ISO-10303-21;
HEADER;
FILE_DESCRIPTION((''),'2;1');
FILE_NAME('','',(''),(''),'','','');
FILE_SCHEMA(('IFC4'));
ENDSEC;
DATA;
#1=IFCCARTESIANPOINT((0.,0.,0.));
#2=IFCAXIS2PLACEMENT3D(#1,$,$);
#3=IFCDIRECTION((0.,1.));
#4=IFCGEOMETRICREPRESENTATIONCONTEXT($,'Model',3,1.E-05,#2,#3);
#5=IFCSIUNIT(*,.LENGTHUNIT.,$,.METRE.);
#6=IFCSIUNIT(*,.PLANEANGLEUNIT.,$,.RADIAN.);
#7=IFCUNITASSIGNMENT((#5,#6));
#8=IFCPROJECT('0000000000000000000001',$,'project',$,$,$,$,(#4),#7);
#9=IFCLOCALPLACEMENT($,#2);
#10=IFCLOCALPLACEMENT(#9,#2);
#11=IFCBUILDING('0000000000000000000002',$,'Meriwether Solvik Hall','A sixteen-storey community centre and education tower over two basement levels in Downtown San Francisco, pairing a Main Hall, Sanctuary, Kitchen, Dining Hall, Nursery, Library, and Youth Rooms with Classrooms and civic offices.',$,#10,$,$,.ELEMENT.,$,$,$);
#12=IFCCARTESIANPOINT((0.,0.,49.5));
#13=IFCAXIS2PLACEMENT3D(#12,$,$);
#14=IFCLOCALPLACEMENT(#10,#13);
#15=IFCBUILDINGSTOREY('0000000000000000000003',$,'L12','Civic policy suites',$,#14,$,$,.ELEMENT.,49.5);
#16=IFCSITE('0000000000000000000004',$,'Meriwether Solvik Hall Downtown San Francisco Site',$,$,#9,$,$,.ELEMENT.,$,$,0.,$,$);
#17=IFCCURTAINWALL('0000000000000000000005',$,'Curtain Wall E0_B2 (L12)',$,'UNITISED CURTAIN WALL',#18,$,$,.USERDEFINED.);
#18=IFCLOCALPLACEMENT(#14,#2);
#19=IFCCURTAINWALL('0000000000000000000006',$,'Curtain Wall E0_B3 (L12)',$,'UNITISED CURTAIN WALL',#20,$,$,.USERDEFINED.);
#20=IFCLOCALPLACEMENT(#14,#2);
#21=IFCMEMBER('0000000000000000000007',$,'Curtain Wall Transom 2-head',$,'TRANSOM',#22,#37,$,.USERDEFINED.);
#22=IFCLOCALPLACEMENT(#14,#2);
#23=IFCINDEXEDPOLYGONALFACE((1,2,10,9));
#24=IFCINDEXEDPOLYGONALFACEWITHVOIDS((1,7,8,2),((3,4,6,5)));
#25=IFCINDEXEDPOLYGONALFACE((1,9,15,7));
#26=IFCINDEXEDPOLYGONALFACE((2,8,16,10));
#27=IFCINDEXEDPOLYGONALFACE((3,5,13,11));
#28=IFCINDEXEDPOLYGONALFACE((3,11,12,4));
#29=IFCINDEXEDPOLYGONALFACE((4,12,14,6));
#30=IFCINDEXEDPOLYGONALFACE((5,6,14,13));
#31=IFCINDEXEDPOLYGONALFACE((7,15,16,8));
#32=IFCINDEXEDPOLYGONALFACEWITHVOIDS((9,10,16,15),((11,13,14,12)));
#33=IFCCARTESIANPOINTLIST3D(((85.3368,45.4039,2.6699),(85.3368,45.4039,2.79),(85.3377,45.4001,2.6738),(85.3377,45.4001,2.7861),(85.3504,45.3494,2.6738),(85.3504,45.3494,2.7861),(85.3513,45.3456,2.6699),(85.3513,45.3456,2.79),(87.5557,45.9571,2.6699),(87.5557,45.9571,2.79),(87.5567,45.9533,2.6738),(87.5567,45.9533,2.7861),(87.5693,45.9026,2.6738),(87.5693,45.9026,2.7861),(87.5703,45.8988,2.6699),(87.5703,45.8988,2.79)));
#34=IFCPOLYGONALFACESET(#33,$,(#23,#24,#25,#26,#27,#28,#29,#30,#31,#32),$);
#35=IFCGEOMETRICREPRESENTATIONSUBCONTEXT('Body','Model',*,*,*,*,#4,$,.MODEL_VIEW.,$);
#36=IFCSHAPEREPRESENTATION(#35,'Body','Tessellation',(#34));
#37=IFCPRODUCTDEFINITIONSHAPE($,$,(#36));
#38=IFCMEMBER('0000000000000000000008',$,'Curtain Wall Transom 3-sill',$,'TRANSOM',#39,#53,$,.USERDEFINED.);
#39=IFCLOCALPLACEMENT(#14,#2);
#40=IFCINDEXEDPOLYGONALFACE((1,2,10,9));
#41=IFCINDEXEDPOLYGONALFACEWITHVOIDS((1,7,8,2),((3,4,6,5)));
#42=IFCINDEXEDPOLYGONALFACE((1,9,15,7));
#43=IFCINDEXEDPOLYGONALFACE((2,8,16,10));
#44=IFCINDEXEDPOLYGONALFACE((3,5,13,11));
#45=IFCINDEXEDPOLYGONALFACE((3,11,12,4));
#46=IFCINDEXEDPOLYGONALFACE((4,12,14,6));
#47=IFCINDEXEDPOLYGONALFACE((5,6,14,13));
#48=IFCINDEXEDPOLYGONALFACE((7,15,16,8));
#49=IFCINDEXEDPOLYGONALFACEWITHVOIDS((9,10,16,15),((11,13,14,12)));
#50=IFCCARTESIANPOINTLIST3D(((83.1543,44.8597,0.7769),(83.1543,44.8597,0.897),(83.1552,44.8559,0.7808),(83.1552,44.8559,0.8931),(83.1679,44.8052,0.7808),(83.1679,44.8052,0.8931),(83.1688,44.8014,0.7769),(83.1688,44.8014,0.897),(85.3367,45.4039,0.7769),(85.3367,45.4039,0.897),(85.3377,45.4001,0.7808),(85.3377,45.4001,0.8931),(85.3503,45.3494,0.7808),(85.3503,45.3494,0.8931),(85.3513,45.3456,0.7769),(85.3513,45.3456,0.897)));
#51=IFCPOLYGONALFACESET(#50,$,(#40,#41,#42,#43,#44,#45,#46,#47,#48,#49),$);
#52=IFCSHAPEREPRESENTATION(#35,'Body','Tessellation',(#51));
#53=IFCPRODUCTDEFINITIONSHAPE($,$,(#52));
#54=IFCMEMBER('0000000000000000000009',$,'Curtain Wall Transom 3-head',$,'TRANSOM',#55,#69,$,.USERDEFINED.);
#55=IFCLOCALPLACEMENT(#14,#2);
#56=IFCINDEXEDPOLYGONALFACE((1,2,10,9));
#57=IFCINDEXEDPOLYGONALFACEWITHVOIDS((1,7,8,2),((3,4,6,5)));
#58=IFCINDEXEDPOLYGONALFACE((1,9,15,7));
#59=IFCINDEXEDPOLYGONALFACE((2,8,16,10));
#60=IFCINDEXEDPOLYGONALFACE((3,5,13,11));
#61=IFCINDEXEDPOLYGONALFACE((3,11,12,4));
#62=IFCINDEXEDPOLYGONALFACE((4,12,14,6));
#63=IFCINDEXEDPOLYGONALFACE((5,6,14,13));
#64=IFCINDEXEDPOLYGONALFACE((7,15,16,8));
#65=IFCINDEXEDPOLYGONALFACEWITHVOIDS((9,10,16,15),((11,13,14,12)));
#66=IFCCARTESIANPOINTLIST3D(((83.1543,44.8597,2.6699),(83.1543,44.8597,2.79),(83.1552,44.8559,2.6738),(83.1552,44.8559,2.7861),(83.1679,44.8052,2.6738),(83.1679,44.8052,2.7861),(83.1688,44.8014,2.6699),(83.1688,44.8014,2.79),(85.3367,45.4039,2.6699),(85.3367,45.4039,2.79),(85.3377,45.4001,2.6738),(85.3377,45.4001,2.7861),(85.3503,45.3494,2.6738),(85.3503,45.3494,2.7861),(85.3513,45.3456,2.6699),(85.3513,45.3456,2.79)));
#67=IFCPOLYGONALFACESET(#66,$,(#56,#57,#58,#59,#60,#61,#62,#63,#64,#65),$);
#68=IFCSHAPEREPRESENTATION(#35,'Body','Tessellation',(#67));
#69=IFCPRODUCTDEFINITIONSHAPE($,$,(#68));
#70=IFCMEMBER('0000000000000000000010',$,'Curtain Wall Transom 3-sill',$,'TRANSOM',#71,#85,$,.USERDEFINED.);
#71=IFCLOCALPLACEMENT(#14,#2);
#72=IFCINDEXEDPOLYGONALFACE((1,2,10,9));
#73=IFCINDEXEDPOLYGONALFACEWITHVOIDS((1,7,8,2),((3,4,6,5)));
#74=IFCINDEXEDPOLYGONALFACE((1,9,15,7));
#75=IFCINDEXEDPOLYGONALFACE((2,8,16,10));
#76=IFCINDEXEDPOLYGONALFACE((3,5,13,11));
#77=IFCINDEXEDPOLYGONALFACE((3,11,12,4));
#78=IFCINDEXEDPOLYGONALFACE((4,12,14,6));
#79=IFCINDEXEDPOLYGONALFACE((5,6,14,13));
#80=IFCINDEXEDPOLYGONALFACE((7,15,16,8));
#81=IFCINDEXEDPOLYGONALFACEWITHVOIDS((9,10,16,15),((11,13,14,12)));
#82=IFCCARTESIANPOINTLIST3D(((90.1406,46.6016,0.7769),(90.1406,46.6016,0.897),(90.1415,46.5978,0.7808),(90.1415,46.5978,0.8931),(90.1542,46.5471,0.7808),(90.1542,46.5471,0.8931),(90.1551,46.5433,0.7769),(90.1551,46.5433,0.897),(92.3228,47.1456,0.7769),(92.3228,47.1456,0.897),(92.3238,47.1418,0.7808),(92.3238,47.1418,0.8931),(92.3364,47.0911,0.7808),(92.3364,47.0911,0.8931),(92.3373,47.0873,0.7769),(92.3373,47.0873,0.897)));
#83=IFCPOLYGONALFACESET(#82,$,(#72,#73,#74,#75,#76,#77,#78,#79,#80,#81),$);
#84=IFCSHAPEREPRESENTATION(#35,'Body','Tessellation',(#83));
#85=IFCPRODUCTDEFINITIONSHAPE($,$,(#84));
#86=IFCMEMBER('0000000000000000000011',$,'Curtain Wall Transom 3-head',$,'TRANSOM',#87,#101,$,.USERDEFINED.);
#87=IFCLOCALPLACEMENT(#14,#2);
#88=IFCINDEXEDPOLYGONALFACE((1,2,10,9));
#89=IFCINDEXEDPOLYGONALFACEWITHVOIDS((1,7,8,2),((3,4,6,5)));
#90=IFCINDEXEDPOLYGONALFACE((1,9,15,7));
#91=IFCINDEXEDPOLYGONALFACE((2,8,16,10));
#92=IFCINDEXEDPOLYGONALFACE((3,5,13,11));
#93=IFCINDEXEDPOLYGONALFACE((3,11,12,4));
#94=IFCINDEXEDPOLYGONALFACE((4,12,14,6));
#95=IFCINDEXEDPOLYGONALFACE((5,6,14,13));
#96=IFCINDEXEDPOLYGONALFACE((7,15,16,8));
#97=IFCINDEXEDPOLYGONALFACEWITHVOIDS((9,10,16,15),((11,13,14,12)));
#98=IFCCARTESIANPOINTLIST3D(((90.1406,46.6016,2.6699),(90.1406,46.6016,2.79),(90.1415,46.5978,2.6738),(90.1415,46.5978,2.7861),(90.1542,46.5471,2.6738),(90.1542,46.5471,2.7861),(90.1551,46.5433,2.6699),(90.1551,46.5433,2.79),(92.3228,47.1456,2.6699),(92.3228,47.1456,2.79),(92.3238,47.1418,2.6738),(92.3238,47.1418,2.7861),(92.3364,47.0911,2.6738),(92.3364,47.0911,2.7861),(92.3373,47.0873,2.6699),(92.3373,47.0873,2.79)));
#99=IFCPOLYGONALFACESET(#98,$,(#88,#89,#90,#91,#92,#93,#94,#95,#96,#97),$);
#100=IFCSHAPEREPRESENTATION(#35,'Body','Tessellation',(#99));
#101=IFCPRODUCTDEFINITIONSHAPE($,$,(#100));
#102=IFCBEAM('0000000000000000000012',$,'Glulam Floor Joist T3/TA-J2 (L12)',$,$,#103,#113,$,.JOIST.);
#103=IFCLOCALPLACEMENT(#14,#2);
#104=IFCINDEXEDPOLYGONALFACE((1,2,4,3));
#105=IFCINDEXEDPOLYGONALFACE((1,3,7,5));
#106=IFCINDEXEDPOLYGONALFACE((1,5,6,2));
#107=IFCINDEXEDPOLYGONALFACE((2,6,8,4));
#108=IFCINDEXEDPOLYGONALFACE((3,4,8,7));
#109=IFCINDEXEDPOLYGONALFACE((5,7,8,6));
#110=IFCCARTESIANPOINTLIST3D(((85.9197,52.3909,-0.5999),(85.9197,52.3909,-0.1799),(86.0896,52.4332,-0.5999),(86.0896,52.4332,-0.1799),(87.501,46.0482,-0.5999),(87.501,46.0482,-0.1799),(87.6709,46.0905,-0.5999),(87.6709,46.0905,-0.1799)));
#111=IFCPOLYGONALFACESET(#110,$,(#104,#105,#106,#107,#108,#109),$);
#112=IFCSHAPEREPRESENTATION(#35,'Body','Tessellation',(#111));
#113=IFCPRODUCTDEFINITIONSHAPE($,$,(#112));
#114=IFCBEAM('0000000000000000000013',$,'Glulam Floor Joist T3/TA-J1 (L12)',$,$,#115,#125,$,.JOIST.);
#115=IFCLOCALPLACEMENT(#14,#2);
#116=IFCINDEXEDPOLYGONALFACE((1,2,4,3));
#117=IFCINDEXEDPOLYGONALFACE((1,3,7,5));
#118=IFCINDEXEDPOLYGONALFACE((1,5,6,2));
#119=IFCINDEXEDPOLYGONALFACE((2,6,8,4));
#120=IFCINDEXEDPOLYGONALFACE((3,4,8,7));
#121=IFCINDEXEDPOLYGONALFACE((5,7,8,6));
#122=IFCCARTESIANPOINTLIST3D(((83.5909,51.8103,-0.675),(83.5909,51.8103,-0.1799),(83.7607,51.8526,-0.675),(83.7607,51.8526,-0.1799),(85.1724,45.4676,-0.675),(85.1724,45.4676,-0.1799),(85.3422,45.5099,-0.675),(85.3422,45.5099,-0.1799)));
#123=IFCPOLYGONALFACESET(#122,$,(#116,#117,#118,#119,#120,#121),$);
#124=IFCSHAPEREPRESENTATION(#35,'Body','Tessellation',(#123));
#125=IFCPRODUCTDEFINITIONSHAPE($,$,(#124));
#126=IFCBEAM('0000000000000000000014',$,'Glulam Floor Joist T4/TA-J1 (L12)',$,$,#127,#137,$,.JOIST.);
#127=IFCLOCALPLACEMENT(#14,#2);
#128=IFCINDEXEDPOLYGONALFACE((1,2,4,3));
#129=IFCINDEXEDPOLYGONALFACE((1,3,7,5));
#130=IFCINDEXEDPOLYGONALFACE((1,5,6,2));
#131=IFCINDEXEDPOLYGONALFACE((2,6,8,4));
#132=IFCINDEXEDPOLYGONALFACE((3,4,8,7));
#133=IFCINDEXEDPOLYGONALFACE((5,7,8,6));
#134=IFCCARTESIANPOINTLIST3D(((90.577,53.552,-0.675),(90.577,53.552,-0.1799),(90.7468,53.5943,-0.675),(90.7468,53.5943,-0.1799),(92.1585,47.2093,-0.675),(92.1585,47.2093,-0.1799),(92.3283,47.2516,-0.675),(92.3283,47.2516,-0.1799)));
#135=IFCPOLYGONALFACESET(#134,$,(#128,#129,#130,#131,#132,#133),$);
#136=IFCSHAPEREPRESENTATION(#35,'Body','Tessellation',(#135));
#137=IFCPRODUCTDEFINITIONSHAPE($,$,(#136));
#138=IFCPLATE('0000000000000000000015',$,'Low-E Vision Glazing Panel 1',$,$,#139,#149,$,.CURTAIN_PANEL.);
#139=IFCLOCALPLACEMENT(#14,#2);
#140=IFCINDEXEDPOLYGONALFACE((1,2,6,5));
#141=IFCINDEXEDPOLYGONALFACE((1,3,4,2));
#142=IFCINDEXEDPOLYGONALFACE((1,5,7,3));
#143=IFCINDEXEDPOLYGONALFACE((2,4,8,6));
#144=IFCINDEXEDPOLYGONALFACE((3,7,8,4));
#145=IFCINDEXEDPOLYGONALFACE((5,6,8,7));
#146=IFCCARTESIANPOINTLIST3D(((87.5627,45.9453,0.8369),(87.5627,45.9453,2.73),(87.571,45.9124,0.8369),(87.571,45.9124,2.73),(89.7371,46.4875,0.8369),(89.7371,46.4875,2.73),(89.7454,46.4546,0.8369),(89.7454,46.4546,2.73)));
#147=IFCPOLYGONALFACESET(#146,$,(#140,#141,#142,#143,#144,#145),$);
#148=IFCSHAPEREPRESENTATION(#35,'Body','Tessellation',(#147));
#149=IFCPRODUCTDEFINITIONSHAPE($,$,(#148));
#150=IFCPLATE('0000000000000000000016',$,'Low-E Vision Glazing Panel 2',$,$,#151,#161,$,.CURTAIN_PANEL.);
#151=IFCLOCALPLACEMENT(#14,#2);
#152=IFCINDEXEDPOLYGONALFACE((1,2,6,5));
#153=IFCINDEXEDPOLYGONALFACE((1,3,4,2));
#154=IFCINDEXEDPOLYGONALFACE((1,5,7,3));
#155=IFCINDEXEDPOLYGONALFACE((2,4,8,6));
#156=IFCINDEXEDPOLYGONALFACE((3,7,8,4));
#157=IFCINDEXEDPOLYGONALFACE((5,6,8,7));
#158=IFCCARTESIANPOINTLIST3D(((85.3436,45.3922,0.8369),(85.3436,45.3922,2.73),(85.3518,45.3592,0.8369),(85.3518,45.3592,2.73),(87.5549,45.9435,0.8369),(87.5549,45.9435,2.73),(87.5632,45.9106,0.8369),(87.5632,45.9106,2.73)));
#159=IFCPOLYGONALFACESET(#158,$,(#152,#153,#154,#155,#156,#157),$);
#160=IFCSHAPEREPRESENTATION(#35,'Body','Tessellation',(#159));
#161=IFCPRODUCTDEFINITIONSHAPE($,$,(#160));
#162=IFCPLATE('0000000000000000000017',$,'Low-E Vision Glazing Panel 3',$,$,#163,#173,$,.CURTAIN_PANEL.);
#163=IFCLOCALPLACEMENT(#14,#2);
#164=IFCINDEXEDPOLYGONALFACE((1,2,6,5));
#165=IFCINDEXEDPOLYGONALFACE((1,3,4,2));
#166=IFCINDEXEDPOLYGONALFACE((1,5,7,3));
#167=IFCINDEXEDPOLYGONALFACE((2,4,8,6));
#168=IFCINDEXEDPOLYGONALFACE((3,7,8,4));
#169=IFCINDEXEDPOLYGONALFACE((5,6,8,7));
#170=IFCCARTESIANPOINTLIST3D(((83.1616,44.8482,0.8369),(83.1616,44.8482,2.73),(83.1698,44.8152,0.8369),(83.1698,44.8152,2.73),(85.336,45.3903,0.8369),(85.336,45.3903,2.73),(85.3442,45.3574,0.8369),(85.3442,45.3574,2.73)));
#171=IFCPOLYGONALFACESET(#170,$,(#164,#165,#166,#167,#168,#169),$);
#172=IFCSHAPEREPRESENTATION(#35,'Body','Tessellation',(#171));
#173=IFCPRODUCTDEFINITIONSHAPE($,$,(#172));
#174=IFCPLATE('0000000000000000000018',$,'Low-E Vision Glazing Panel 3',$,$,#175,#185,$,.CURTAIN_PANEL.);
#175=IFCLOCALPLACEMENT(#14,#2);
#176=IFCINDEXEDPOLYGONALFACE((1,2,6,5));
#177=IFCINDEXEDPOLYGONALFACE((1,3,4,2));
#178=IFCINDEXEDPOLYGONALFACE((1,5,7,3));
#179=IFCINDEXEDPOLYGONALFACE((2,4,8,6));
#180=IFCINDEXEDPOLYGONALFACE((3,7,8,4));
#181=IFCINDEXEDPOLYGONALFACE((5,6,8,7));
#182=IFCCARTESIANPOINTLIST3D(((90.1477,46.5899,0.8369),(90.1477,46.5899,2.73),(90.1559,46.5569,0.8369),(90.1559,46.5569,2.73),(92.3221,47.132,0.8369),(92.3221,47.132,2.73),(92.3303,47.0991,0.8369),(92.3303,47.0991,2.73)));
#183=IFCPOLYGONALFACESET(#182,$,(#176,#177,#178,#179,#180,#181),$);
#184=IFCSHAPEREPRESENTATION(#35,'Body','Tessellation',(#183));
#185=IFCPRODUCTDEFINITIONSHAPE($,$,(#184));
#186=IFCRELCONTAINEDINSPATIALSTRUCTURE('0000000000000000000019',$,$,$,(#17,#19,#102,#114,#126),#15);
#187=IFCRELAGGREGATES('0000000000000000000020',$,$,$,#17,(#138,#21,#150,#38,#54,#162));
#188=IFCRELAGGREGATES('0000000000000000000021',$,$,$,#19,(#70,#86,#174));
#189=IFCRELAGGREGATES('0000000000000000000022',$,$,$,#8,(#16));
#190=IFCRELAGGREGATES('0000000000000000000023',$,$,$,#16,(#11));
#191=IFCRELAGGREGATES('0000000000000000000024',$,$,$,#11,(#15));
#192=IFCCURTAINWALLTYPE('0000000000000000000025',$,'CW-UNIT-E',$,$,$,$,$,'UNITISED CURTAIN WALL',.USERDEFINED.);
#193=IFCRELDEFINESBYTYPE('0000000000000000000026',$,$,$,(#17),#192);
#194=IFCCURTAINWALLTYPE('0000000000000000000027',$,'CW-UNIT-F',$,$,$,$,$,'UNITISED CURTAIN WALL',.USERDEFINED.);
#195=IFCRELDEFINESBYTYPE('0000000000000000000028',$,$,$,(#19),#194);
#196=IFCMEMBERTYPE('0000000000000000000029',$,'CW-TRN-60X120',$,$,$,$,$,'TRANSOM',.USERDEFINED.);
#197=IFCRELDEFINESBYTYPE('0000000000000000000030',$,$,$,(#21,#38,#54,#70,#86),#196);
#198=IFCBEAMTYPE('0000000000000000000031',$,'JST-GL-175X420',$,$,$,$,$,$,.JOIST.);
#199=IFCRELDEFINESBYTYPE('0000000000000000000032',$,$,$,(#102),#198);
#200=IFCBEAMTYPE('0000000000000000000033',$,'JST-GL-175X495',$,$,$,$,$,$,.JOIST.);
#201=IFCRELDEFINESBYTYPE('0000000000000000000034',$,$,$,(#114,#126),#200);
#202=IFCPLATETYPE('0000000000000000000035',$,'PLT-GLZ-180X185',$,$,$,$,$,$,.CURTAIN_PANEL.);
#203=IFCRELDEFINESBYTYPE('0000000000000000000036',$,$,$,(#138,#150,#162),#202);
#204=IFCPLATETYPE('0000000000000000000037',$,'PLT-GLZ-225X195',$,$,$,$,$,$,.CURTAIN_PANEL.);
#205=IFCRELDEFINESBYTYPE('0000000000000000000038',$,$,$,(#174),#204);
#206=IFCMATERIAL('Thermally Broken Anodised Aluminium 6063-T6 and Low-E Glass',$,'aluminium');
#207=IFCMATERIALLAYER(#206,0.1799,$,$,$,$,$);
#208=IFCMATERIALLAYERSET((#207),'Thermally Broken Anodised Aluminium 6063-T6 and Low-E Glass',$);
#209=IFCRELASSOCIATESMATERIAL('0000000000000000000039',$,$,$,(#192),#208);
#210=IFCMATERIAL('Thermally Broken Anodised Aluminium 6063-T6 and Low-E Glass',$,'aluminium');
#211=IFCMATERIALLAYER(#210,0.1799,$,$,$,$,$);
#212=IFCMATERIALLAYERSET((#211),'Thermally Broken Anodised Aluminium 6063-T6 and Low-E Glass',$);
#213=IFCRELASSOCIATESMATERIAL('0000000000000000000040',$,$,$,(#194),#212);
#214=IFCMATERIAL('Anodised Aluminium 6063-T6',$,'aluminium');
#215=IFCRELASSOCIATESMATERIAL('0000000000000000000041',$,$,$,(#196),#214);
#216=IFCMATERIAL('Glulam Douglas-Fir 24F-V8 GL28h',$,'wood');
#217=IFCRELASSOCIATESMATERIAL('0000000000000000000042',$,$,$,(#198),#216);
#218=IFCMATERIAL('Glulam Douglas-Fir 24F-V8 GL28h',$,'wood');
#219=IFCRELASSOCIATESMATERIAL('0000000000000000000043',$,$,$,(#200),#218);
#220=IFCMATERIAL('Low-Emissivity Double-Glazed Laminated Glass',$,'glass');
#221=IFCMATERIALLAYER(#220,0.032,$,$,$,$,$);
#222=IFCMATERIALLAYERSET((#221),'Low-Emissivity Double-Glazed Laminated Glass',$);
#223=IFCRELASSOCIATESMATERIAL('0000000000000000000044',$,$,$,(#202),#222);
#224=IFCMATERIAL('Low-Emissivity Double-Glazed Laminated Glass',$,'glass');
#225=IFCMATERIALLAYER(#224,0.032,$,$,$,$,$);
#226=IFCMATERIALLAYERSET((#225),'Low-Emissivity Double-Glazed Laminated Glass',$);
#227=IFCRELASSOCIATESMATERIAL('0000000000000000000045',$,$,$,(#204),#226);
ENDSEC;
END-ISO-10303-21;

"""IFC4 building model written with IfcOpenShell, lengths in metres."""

from ifc_helpers import new_model, si_unit, direction, frame, origin, origin_2d, place, context, subcontext, project, spatial, rectangle, hollow_rectangle, extrude, material, layer, layer_set, material_profile, profile_set, type_object, element, aggregate, save


model = new_model("IFC4")

# Units and contexts
model_context = context("Model", 3, precision=1e-05, world=origin(), true_north=direction((0.0, 1.0)))
body_context = subcontext(model_context, "Body", "Model", "MODEL_VIEW")
ifc_project = project(units=[si_unit("LENGTHUNIT", "METRE"), si_unit("PLANEANGLEUNIT", "RADIAN")], contexts=[model_context])

# Site, building, storey
site_placement = place(None, origin())
site = spatial("IfcSite", under=ifc_project, at=site_placement, Name="Meriwether Solvik Hall Downtown San Francisco Site", CompositionType="ELEMENT", RefElevation=0.0)
building_placement = place(site_placement, origin())
building = spatial("IfcBuilding", under=site, at=building_placement, Name="Meriwether Solvik Hall", Description="A sixteen-storey community centre and education tower over two basement levels in Downtown San Francisco, pairing a Main Hall, Sanctuary, Kitchen, Dining Hall, Nursery, Library, and Youth Rooms with Classrooms and civic offices.", CompositionType="ELEMENT")
storey_placement = place(building_placement, frame((0.0, 0.0, 49.5)))
storey = spatial("IfcBuildingStorey", under=building, at=storey_placement, Name="L12", Description="Civic policy suites", CompositionType="ELEMENT", Elevation=49.5)

# Curtain walls
ifc_material_1 = material(Name="Thermally Broken Anodised Aluminium 6063-T6 and Low-E Glass", Category="aluminium")
ifc_layer_1 = layer(ifc_material_1, 0.1799)
ifc_layer_set_1 = layer_set([ifc_layer_1], Name="Thermally Broken Anodised Aluminium 6063-T6 and Low-E Glass")
curtain_wall_type_1 = type_object("IfcCurtainWallType", Name="CW-UNIT-E", ElementType="UNITISED CURTAIN WALL", PredefinedType="USERDEFINED", material=ifc_layer_set_1)
curtain_wall_1_placement = place(storey_placement, origin())
curtain_wall_1 = element("IfcCurtainWall", 1, at=curtain_wall_1_placement, inside=storey, type_object=curtain_wall_type_1, Name="Curtain Wall E0_B2 (L12)", ObjectType="UNITISED CURTAIN WALL", PredefinedType="USERDEFINED")
ifc_material_2 = material(Name="Thermally Broken Anodised Aluminium 6063-T6 and Low-E Glass", Category="aluminium")
ifc_layer_2 = layer(ifc_material_2, 0.1799)
ifc_layer_set_2 = layer_set([ifc_layer_2], Name="Thermally Broken Anodised Aluminium 6063-T6 and Low-E Glass")
curtain_wall_type_2 = type_object("IfcCurtainWallType", Name="CW-UNIT-F", ElementType="UNITISED CURTAIN WALL", PredefinedType="USERDEFINED", material=ifc_layer_set_2)
curtain_wall_2_placement = place(storey_placement, origin())
curtain_wall_2 = element("IfcCurtainWall", 2, at=curtain_wall_2_placement, inside=storey, type_object=curtain_wall_type_2, Name="Curtain Wall E0_B3 (L12)", ObjectType="UNITISED CURTAIN WALL", PredefinedType="USERDEFINED")

# Members
ifc_material_3 = material(Name="Anodised Aluminium 6063-T6", Category="aluminium")
ifc_material_profile_1 = material_profile(ifc_material_3, hollow_rectangle(XDim=0.0601, YDim=0.1201, WallThickness=0.0039, at=origin_2d()), Name="CWT-60X120")
ifc_profile_set_1 = profile_set([ifc_material_profile_1], Name="Anodised Aluminium 6063-T6")
member_type_1 = type_object("IfcMemberType", Name="CW-TRN-60X120", ElementType="TRANSOM", PredefinedType="USERDEFINED", material=ifc_profile_set_1)
member_1_placement = place(storey_placement, frame((87.563, 45.928, 2.73), z_axis=(-0.970299, -0.241908, 0.0), x_axis=(0.241908, -0.970299, 0.0)))
member_1 = element("IfcMember", 3, at=member_1_placement, type_object=member_type_1, Name="Curtain Wall Transom 2-head", ObjectType="TRANSOM", PredefinedType="USERDEFINED", context=body_context, shape_type="SweptSolid", body=[
    extrude(hollow_rectangle(XDim=0.0601, YDim=0.1201, WallThickness=0.0039, at=origin_2d()), origin(), (0.0, 0.0, 1.0), 2.2869),
])
member_2_placement = place(storey_placement, frame((85.344, 45.3748, 0.8369), z_axis=(-0.970289, -0.241948, 0.0), x_axis=(0.241948, -0.970289, 0.0)))
member_2 = element("IfcMember", 4, at=member_2_placement, type_object=member_type_1, Name="Curtain Wall Transom 3-sill", ObjectType="TRANSOM", PredefinedType="USERDEFINED", context=body_context, shape_type="SweptSolid", body=[
    extrude(hollow_rectangle(XDim=0.0601, YDim=0.1201, WallThickness=0.0039, at=origin_2d()), origin(), (0.0, 0.0, 1.0), 2.2493),
])
member_3_placement = place(storey_placement, frame((85.344, 45.3748, 2.73), z_axis=(-0.970289, -0.241948, 0.0), x_axis=(0.241948, -0.970289, 0.0)))
member_3 = element("IfcMember", 5, at=member_3_placement, type_object=member_type_1, Name="Curtain Wall Transom 3-head", ObjectType="TRANSOM", PredefinedType="USERDEFINED", context=body_context, shape_type="SweptSolid", body=[
    extrude(hollow_rectangle(XDim=0.0601, YDim=0.1201, WallThickness=0.0039, at=origin_2d()), origin(), (0.0, 0.0, 1.0), 2.2493),
])
member_4_placement = place(storey_placement, frame((92.3301, 47.1165, 0.8369), z_axis=(-0.970308, -0.241871, 0.0), x_axis=(0.241871, -0.970308, 0.0)))
member_4 = element("IfcMember", 6, at=member_4_placement, type_object=member_type_1, Name="Curtain Wall Transom 3-sill", ObjectType="TRANSOM", PredefinedType="USERDEFINED", context=body_context, shape_type="SweptSolid", body=[
    extrude(hollow_rectangle(XDim=0.0601, YDim=0.1201, WallThickness=0.0039, at=origin_2d()), origin(), (0.0, 0.0, 1.0), 2.249),
])
member_5_placement = place(storey_placement, frame((92.3301, 47.1165, 2.73), z_axis=(-0.970308, -0.241871, 0.0), x_axis=(0.241871, -0.970308, 0.0)))
member_5 = element("IfcMember", 7, at=member_5_placement, type_object=member_type_1, Name="Curtain Wall Transom 3-head", ObjectType="TRANSOM", PredefinedType="USERDEFINED", context=body_context, shape_type="SweptSolid", body=[
    extrude(hollow_rectangle(XDim=0.0601, YDim=0.1201, WallThickness=0.0039, at=origin_2d()), origin(), (0.0, 0.0, 1.0), 2.249),
])

# Beams
ifc_material_4 = material(Name="Glulam Douglas-Fir 24F-V8 GL28h", Category="wood")
ifc_material_profile_2 = material_profile(ifc_material_4, rectangle(XDim=0.175, YDim=0.4199, at=origin_2d()), Name="GLJ-175X420")
ifc_profile_set_2 = profile_set([ifc_material_profile_2], Name="Glulam Douglas-Fir 24F-V8 GL28h")
beam_type_1 = type_object("IfcBeamType", Name="JST-GL-175X420", PredefinedType="JOIST", material=ifc_profile_set_2)
beam_1_placement = place(storey_placement, frame((87.5859, 46.0693, -0.3899), z_axis=(-0.241903, 0.9703, 0.0), x_axis=(-0.9703, -0.241903, 0.0)))
element("IfcBeam", 8, at=beam_1_placement, inside=storey, type_object=beam_type_1, Name="Glulam Floor Joist T3/TA-J2 (L12)", PredefinedType="JOIST", context=body_context, shape_type="SweptSolid", body=[
    extrude(rectangle(XDim=0.175, YDim=0.4199, at=origin_2d()), origin(), (0.0, 0.0, 1.0), 6.5369),
])
ifc_material_5 = material(Name="Glulam Douglas-Fir 24F-V8 GL28h", Category="wood")
ifc_material_profile_3 = material_profile(ifc_material_5, rectangle(XDim=0.175, YDim=0.4951, at=origin_2d()), Name="GLJ-175X495")
ifc_profile_set_3 = profile_set([ifc_material_profile_3], Name="Glulam Douglas-Fir 24F-V8 GL28h")
beam_type_2 = type_object("IfcBeamType", Name="JST-GL-175X495", PredefinedType="JOIST", material=ifc_profile_set_3)
for number, where, z_axis, x_axis, name in (
    (9, (85.2573, 45.4888, -0.4275), (-0.241938, 0.970292, 0.0), (-0.970292, -0.241938, 0.0), "Glulam Floor Joist T3/TA-J1 (L12)"),
    (10, (92.2434, 47.2305, -0.4275), (-0.241938, 0.970292, 0.0), (-0.970292, -0.241938, 0.0), "Glulam Floor Joist T4/TA-J1 (L12)"),
):
    element("IfcBeam", number, at=place(storey_placement, frame(where, z_axis=z_axis, x_axis=x_axis)), inside=storey, type_object=beam_type_2, Name=name, PredefinedType="JOIST", context=body_context, shape_type="SweptSolid", body=[
        extrude(rectangle(XDim=0.175, YDim=0.4951, at=origin_2d()), origin(), (0.0, 0.0, 1.0), 6.5369),
    ])

# Plates
ifc_material_6 = material(Name="Low-Emissivity Double-Glazed Laminated Glass", Category="glass")
ifc_layer_3 = layer(ifc_material_6, 0.032)
ifc_layer_set_3 = layer_set([ifc_layer_3], Name="Low-Emissivity Double-Glazed Laminated Glass")
plate_type_1 = type_object("IfcPlateType", Name="PLT-GLZ-180X185", PredefinedType="CURTAIN_PANEL", material=ifc_layer_set_3)
plate_1_placement = place(storey_placement, frame((88.6541, 46.2, 0.8369), z_axis=(0.0, 0.0, 1.0), x_axis=(-0.970296, -0.241922, 0.0)))
plate_1 = element("IfcPlate", 11, at=plate_1_placement, type_object=plate_type_1, Name="Low-E Vision Glazing Panel 1", PredefinedType="CURTAIN_PANEL", context=body_context, shape_type="SweptSolid", body=[
    extrude(rectangle(XDim=2.241, YDim=0.0339, at=origin_2d()), origin(), (0.0, 0.0, 1.0), 1.8931),
])
plate_2_placement = place(storey_placement, frame((86.4534, 45.6514, 0.8369), z_axis=(0.0, 0.0, 1.0), x_axis=(-0.970296, -0.241922, 0.0)))
plate_2 = element("IfcPlate", 12, at=plate_2_placement, type_object=plate_type_1, Name="Low-E Vision Glazing Panel 2", PredefinedType="CURTAIN_PANEL", context=body_context, shape_type="SweptSolid", body=[
    extrude(rectangle(XDim=2.2791, YDim=0.0339, at=origin_2d()), origin(), (0.0, 0.0, 1.0), 1.8931),
])
plate_3_placement = place(storey_placement, frame((84.2529, 45.1028, 0.8369), z_axis=(0.0, 0.0, 1.0), x_axis=(-0.970296, -0.241922, 0.0)))
plate_3 = element("IfcPlate", 13, at=plate_3_placement, type_object=plate_type_1, Name="Low-E Vision Glazing Panel 3", PredefinedType="CURTAIN_PANEL", context=body_context, shape_type="SweptSolid", body=[
    extrude(rectangle(XDim=2.241, YDim=0.0339, at=origin_2d()), origin(), (0.0, 0.0, 1.0), 1.8931),
])
ifc_material_7 = material(Name="Low-Emissivity Double-Glazed Laminated Glass", Category="glass")
ifc_layer_4 = layer(ifc_material_7, 0.032)
ifc_layer_set_4 = layer_set([ifc_layer_4], Name="Low-Emissivity Double-Glazed Laminated Glass")
plate_type_2 = type_object("IfcPlateType", Name="PLT-GLZ-225X195", PredefinedType="CURTAIN_PANEL", material=ifc_layer_set_4)
plate_4_placement = place(storey_placement, frame((91.239, 46.8445, 0.8369), z_axis=(0.0, 0.0, 1.0), x_axis=(-0.970296, -0.241922, 0.0)))
plate_4 = element("IfcPlate", 14, at=plate_4_placement, type_object=plate_type_2, Name="Low-E Vision Glazing Panel 3", PredefinedType="CURTAIN_PANEL", context=body_context, shape_type="SweptSolid", body=[
    extrude(rectangle(XDim=2.241, YDim=0.0339, at=origin_2d()), origin(), (0.0, 0.0, 1.0), 1.8931),
])
aggregate(curtain_wall_1, [plate_1, member_1, plate_2, member_2, member_3, plate_3])
aggregate(curtain_wall_2, [member_4, member_5, plate_4])

save(model, "model.ifc")
